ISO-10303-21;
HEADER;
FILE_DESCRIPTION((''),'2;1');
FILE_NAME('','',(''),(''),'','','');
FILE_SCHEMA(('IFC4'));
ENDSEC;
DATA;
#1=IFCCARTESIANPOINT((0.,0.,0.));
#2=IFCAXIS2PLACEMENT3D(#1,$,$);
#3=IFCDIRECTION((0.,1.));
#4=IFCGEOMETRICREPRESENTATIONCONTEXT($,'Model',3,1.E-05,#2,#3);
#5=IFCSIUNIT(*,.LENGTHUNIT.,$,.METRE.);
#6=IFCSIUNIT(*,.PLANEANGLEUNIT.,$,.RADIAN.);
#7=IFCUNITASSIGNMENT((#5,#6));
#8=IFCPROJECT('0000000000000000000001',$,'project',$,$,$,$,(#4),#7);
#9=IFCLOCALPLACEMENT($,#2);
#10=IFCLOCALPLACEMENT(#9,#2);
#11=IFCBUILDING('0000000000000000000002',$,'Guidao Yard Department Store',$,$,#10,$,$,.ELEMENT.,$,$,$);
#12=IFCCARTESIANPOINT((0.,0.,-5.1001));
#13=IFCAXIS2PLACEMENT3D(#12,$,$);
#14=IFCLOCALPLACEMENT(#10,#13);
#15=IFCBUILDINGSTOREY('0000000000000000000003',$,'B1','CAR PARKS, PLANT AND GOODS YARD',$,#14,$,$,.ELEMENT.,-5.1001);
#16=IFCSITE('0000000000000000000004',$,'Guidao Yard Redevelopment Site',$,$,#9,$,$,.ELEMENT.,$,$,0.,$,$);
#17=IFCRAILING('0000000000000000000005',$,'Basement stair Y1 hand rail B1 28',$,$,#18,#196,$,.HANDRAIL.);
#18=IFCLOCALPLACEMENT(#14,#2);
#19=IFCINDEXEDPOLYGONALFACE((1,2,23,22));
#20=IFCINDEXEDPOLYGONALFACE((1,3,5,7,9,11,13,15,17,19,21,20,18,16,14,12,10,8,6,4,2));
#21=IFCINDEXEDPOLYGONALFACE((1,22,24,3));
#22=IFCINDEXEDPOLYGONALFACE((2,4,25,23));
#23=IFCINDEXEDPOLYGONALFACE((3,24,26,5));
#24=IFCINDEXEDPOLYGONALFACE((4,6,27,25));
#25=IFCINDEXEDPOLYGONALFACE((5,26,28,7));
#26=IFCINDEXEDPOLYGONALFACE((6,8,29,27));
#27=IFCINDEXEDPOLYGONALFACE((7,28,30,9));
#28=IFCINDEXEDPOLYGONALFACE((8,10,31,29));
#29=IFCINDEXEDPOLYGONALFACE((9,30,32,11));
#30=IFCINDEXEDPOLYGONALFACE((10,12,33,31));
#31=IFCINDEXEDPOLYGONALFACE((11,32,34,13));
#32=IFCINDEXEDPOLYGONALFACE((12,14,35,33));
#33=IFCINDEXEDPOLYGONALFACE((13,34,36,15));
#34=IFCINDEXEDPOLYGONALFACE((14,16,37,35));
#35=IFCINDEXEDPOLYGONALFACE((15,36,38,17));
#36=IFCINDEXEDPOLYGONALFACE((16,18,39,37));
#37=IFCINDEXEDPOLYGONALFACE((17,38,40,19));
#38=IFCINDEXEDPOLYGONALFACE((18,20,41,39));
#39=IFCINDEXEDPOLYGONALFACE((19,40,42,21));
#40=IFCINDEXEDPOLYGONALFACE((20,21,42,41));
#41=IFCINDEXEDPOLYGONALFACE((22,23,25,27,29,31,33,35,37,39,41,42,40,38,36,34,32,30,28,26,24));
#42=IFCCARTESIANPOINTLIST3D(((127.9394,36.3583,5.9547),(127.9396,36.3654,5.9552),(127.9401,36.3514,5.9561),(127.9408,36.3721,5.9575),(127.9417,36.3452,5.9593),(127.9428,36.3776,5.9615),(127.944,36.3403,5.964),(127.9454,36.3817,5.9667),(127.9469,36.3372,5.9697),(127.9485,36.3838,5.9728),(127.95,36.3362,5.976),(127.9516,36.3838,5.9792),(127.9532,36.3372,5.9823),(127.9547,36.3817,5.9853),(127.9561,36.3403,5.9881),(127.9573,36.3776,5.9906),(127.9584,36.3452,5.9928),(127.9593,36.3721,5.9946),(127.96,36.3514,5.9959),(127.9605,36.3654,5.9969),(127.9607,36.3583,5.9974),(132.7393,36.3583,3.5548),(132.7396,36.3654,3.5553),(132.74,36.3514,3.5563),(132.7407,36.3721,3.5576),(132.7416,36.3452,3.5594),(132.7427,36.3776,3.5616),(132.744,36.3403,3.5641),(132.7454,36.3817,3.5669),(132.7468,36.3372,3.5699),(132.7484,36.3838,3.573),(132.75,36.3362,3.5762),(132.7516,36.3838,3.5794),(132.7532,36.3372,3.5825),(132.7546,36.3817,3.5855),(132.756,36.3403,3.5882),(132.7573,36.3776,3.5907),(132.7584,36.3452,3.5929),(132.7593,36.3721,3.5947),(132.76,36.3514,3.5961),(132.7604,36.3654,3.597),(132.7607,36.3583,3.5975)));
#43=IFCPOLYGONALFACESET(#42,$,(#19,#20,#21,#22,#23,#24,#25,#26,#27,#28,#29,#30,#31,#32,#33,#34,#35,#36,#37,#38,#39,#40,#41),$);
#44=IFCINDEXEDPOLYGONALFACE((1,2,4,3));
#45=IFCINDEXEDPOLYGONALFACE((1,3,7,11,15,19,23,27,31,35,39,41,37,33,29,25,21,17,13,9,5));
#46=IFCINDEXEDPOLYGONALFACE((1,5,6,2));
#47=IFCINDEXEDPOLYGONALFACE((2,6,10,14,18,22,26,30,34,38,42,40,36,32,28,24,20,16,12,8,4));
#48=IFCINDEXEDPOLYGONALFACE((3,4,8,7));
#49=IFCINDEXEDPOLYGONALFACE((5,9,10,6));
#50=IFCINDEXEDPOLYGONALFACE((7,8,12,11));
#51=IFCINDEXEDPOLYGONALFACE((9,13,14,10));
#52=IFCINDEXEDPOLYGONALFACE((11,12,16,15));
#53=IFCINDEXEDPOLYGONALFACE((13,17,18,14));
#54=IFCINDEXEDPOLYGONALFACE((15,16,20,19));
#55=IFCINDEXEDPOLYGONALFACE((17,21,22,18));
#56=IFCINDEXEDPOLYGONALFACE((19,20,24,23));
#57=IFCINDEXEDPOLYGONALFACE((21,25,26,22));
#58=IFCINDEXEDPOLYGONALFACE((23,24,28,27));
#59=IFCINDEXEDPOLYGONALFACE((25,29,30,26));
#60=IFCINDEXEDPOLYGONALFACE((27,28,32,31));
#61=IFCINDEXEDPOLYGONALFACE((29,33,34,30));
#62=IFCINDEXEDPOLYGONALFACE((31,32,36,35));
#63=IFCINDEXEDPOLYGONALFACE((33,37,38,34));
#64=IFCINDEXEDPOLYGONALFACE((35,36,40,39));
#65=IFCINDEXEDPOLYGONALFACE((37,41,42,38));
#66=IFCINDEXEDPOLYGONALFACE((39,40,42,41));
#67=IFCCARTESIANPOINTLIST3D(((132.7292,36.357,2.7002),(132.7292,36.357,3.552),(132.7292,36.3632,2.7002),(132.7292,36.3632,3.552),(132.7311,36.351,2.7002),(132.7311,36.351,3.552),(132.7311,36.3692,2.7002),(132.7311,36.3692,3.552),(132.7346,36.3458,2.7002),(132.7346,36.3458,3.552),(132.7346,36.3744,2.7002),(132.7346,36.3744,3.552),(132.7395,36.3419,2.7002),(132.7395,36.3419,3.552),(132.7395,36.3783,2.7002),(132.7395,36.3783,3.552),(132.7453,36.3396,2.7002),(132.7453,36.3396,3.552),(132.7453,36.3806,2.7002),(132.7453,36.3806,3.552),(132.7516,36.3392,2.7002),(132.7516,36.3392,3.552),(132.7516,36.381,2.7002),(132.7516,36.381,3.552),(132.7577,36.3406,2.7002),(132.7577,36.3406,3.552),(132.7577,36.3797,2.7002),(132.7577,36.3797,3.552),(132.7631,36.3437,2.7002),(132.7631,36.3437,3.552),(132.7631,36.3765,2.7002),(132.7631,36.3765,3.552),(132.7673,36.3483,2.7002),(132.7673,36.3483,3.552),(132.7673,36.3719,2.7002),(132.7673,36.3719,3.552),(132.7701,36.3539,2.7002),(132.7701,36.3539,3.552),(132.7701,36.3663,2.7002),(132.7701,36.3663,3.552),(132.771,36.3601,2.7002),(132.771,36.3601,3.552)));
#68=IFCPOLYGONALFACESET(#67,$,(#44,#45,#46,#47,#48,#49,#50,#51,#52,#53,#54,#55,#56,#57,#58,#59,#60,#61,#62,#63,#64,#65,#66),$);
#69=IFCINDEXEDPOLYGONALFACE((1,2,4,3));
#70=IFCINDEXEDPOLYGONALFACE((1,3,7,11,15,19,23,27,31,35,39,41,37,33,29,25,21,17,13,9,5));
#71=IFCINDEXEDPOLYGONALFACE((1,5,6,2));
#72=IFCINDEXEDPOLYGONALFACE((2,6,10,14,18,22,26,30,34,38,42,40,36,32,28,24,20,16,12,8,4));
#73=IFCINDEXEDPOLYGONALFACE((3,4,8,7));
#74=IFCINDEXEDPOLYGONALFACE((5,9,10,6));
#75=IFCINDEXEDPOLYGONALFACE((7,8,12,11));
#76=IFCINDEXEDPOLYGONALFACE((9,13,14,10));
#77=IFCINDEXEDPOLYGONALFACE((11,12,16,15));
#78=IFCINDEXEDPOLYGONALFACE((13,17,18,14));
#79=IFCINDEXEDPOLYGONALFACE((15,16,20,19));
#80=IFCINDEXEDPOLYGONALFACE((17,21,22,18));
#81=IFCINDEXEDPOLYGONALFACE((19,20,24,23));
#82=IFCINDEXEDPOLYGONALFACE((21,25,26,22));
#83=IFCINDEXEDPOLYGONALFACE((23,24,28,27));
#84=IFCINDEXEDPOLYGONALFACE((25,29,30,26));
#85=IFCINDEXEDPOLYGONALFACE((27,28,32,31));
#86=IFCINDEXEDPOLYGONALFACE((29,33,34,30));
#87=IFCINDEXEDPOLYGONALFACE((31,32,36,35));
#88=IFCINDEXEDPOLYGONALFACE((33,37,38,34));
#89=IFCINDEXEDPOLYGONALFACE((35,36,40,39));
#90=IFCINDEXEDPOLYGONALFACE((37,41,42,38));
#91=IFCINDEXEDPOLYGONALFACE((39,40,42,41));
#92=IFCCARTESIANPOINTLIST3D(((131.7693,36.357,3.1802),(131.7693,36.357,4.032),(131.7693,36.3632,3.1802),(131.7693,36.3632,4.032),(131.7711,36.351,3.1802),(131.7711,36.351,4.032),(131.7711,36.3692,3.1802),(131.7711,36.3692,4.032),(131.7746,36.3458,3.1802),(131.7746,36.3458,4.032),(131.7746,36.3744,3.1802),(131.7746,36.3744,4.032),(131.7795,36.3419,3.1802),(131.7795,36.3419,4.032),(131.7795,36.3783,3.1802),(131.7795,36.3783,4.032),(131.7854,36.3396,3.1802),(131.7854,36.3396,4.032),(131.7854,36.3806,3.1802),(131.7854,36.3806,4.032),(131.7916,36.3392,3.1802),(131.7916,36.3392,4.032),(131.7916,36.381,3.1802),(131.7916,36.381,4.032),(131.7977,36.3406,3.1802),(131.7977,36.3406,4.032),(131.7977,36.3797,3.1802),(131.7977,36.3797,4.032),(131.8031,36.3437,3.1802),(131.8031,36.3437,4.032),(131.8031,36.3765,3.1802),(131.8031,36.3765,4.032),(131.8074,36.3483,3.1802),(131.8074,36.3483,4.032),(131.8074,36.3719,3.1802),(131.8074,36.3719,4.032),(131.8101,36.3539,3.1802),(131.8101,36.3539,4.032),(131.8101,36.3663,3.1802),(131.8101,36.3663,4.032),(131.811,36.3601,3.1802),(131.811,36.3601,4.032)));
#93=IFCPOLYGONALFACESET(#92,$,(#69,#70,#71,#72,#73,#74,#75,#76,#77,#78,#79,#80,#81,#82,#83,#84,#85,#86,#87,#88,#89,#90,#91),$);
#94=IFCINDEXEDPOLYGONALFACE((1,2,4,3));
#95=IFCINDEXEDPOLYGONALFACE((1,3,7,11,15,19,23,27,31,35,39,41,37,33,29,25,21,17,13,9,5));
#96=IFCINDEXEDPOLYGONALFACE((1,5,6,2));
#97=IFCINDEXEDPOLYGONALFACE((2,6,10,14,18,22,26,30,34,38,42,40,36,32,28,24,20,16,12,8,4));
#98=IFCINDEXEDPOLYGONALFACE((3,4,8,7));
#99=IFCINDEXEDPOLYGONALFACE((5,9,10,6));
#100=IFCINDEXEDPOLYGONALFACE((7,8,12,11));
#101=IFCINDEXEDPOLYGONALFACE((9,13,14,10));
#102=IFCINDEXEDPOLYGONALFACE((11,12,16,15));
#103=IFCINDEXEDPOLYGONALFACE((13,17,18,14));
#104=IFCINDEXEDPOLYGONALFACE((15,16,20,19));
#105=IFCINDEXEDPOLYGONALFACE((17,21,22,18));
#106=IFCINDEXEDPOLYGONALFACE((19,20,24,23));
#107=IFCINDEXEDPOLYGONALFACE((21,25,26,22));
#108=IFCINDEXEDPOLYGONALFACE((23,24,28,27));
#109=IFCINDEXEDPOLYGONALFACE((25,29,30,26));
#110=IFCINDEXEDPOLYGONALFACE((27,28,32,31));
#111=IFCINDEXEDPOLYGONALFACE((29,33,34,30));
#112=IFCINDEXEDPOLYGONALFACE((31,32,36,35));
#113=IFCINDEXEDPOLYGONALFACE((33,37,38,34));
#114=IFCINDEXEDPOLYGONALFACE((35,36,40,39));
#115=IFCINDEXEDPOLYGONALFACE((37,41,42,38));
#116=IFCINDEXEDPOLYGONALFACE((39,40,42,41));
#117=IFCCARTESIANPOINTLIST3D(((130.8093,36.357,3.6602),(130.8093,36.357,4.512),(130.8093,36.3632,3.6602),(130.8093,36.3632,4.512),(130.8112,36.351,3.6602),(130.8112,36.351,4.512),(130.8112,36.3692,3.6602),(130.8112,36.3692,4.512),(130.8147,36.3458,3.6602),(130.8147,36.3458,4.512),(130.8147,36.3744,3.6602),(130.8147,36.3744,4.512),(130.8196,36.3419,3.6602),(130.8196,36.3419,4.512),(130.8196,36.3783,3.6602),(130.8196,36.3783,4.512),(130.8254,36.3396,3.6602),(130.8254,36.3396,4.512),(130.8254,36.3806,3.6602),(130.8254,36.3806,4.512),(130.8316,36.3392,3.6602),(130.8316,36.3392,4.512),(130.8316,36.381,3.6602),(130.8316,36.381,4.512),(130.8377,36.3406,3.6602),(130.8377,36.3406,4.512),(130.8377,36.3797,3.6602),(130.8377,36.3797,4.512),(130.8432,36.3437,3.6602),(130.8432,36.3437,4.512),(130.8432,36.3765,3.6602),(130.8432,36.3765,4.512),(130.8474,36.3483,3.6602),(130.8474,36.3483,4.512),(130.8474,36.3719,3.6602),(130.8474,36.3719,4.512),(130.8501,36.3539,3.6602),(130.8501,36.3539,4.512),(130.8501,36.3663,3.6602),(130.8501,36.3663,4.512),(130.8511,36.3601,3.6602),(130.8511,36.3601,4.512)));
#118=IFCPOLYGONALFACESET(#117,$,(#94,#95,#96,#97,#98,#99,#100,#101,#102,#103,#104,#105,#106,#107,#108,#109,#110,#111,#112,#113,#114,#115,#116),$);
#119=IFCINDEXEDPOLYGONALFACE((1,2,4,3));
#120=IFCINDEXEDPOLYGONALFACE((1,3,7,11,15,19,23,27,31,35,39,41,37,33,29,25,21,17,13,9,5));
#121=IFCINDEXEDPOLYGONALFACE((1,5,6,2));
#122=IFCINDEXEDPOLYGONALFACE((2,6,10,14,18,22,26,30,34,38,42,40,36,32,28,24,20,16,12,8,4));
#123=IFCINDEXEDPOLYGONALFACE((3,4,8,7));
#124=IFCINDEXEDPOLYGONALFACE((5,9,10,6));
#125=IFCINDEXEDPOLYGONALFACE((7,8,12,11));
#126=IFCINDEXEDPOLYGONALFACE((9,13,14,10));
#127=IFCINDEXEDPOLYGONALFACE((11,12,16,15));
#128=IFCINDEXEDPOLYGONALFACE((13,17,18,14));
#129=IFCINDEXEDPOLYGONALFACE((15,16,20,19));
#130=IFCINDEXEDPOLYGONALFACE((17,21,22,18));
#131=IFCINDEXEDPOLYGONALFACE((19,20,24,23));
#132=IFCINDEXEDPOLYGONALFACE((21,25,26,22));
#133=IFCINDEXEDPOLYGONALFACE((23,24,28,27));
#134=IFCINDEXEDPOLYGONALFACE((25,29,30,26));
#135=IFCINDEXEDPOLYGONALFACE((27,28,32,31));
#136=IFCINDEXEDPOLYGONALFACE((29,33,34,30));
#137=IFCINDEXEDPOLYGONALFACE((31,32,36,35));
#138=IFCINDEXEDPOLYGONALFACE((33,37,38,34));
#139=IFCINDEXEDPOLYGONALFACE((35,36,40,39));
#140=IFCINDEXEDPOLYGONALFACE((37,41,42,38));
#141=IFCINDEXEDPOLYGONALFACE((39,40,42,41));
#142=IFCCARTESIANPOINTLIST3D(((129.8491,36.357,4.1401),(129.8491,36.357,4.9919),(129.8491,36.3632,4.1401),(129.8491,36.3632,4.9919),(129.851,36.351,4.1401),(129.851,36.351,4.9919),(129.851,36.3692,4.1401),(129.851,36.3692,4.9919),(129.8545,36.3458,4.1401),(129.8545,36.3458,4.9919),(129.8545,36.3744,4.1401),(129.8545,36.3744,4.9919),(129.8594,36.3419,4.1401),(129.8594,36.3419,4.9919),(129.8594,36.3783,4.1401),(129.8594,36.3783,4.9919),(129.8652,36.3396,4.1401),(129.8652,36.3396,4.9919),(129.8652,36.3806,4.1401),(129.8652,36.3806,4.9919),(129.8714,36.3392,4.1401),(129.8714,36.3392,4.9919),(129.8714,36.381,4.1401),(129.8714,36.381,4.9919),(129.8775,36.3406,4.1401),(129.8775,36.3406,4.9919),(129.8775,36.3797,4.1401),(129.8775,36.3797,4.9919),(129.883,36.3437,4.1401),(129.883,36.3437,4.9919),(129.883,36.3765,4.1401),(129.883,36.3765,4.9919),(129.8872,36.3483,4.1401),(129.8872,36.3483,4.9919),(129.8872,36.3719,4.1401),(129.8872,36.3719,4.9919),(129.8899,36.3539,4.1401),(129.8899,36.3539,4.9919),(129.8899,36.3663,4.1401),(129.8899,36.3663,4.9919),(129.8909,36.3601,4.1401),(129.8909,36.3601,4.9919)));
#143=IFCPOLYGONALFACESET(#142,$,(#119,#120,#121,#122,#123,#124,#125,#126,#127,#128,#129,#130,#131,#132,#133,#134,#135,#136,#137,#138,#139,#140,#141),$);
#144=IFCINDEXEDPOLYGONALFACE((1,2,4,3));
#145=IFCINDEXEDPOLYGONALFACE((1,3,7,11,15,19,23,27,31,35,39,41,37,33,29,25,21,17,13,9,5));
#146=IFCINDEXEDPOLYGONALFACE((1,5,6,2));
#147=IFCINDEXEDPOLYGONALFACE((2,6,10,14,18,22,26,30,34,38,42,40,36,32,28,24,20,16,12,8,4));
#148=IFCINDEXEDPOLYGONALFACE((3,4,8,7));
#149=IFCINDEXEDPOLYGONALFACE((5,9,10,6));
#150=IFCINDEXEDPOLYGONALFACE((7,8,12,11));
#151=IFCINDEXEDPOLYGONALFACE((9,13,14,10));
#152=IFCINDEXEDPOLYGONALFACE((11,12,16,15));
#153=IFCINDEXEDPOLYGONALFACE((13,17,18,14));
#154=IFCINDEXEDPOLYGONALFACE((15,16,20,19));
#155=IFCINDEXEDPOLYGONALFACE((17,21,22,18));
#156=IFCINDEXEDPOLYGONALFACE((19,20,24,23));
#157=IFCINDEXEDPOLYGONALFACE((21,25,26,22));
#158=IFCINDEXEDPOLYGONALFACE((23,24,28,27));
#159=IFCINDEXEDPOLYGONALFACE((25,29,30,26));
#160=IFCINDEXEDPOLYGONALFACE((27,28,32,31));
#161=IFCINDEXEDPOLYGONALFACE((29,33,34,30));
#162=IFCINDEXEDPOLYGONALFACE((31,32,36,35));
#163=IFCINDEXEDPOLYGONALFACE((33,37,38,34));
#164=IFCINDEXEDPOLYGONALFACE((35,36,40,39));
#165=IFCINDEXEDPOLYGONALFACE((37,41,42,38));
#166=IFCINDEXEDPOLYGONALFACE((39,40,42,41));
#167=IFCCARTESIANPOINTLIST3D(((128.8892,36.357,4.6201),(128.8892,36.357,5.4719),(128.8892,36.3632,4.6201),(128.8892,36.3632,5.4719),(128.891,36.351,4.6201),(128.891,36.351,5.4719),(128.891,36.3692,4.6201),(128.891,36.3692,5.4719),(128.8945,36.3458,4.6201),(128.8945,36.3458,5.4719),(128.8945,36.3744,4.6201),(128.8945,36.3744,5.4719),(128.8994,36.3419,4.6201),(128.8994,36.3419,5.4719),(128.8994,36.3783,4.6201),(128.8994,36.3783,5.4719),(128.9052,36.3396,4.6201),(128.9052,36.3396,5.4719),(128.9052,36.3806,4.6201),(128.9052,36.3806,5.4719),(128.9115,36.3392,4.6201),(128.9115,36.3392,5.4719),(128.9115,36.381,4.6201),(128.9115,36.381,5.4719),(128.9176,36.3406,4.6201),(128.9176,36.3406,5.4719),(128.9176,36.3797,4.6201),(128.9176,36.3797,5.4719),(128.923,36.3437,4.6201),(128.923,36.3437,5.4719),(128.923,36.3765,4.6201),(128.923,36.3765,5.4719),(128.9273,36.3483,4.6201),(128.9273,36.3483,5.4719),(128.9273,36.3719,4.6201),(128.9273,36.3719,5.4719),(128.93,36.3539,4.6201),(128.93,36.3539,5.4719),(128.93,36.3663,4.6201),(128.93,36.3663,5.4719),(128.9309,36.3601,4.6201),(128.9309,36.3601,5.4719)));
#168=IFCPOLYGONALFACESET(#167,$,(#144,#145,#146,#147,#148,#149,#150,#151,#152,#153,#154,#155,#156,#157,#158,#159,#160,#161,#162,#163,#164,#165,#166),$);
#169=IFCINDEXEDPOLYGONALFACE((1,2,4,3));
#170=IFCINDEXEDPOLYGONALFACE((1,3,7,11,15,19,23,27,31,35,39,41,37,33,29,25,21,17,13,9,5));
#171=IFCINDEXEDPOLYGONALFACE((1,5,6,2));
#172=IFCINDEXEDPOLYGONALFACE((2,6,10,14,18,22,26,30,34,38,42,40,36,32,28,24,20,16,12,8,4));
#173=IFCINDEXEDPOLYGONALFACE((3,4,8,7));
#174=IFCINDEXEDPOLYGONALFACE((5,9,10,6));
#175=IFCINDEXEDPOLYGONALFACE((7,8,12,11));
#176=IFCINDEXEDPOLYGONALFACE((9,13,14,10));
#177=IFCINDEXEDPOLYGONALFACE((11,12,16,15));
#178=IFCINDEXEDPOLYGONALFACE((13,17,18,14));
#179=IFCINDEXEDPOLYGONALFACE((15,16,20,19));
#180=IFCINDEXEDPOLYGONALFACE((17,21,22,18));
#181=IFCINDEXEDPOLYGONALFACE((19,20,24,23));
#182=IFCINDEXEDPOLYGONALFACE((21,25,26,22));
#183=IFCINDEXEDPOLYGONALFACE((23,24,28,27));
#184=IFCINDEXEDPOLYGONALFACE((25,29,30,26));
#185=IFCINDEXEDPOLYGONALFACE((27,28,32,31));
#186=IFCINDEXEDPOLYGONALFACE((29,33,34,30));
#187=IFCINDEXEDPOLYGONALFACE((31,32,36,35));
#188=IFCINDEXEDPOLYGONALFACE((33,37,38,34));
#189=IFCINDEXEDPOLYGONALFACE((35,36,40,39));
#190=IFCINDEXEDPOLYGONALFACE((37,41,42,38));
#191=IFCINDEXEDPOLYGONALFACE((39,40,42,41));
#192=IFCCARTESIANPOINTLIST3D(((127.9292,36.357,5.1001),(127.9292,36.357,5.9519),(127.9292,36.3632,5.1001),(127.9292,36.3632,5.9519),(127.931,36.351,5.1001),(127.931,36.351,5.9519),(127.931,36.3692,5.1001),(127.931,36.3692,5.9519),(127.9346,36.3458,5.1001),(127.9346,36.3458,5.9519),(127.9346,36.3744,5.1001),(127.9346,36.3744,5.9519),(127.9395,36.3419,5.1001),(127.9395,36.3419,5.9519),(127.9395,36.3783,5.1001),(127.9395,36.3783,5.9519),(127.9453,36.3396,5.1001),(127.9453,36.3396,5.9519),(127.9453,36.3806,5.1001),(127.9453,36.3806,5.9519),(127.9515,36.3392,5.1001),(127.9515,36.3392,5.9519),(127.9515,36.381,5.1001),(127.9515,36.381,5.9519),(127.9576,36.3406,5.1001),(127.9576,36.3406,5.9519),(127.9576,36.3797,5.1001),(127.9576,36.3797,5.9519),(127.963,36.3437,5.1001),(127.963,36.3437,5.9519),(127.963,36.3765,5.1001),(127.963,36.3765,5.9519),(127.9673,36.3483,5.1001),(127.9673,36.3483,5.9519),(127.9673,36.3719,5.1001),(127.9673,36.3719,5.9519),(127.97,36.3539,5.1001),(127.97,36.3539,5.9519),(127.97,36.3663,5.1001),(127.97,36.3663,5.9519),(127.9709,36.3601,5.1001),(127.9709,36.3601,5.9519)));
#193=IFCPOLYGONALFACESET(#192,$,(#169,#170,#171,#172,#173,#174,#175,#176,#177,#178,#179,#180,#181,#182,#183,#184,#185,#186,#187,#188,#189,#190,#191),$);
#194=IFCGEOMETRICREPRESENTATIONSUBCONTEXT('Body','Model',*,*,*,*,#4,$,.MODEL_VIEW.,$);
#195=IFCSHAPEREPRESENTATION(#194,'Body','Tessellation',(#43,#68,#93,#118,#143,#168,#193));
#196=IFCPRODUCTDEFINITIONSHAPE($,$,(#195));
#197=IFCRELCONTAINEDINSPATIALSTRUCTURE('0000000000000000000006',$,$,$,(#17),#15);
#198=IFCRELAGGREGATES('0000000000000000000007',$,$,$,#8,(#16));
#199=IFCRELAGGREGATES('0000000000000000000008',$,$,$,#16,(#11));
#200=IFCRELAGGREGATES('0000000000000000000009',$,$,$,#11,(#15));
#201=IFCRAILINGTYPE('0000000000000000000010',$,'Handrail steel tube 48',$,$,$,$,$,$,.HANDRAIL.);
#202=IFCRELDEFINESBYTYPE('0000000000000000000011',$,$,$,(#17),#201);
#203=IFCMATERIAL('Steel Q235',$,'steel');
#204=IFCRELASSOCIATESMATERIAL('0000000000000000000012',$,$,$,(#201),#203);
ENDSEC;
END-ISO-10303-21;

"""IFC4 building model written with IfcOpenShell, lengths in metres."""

from ifc_helpers import new_model, si_unit, direction, frame, origin, origin_2d, place, context, subcontext, project, spatial, circle, extrude, material, type_object, element, save


model = new_model("IFC4")

# Units and contexts
model_context = context("Model", 3, precision=1e-05, world=origin(), true_north=direction((0.0, 1.0)))
body_context = subcontext(model_context, "Body", "Model", "MODEL_VIEW")
ifc_project = project(units=[si_unit("LENGTHUNIT", "METRE"), si_unit("PLANEANGLEUNIT", "RADIAN")], contexts=[model_context])

# Site, building, storey
site_placement = place(None, origin())
site = spatial("IfcSite", under=ifc_project, at=site_placement, Name="Guidao Yard Redevelopment Site", CompositionType="ELEMENT", RefElevation=0.0)
building_placement = place(site_placement, origin())
building = spatial("IfcBuilding", under=site, at=building_placement, Name="Guidao Yard Department Store", CompositionType="ELEMENT")
storey_placement = place(building_placement, frame((0.0, 0.0, -5.1001)))
storey = spatial("IfcBuildingStorey", under=building, at=storey_placement, Name="B1", Description="CAR PARKS, PLANT AND GOODS YARD", CompositionType="ELEMENT", Elevation=-5.1001)

# Railing
ifc_material_1 = material(Name="Steel Q235", Category="steel")
railing_type_1 = type_object("IfcRailingType", Name="Handrail steel tube 48", PredefinedType="HANDRAIL", material=ifc_material_1)
for number, where, name in (
    (1, (132.75, 36.3601, 2.7002), "Basement stair Y1 hand rail B1 28"),
):
    element("IfcRailing", number, at=place(storey_placement, frame(where)), inside=storey, type_object=railing_type_1, Name=name, PredefinedType="HANDRAIL", context=body_context, shape_type="SweptSolid", body=[
        extrude(circle(Radius=0.0239, at=origin_2d()), frame((0.0, 0.0, 0.876), z_axis=(-0.894436, 0.0, 0.447195), x_axis=(0.0, -1.0, 0.0)), (0.0, 0.0, 1.0), 5.3665),
        extrude(circle(Radius=0.021, at=origin_2d()), origin(), (0.0, 0.0, 1.0), 0.8518),
        extrude(circle(Radius=0.021, at=origin_2d()), frame((-0.96, 0.0, 0.48)), (0.0, 0.0, 1.0), 0.8518),
        extrude(circle(Radius=0.021, at=origin_2d()), frame((-1.9199, 0.0, 0.96)), (0.0, 0.0, 1.0), 0.8518),
        extrude(circle(Radius=0.021, at=origin_2d()), frame((-2.8801, 0.0, 1.4399)), (0.0, 0.0, 1.0), 0.8518),
        extrude(circle(Radius=0.021, at=origin_2d()), frame((-3.8401, 0.0, 1.9199)), (0.0, 0.0, 1.0), 0.8518),
        extrude(circle(Radius=0.021, at=origin_2d()), frame((-4.8, 0.0, 2.3999)), (0.0, 0.0, 1.0), 0.8518),
    ])

save(model, "model.ifc")
